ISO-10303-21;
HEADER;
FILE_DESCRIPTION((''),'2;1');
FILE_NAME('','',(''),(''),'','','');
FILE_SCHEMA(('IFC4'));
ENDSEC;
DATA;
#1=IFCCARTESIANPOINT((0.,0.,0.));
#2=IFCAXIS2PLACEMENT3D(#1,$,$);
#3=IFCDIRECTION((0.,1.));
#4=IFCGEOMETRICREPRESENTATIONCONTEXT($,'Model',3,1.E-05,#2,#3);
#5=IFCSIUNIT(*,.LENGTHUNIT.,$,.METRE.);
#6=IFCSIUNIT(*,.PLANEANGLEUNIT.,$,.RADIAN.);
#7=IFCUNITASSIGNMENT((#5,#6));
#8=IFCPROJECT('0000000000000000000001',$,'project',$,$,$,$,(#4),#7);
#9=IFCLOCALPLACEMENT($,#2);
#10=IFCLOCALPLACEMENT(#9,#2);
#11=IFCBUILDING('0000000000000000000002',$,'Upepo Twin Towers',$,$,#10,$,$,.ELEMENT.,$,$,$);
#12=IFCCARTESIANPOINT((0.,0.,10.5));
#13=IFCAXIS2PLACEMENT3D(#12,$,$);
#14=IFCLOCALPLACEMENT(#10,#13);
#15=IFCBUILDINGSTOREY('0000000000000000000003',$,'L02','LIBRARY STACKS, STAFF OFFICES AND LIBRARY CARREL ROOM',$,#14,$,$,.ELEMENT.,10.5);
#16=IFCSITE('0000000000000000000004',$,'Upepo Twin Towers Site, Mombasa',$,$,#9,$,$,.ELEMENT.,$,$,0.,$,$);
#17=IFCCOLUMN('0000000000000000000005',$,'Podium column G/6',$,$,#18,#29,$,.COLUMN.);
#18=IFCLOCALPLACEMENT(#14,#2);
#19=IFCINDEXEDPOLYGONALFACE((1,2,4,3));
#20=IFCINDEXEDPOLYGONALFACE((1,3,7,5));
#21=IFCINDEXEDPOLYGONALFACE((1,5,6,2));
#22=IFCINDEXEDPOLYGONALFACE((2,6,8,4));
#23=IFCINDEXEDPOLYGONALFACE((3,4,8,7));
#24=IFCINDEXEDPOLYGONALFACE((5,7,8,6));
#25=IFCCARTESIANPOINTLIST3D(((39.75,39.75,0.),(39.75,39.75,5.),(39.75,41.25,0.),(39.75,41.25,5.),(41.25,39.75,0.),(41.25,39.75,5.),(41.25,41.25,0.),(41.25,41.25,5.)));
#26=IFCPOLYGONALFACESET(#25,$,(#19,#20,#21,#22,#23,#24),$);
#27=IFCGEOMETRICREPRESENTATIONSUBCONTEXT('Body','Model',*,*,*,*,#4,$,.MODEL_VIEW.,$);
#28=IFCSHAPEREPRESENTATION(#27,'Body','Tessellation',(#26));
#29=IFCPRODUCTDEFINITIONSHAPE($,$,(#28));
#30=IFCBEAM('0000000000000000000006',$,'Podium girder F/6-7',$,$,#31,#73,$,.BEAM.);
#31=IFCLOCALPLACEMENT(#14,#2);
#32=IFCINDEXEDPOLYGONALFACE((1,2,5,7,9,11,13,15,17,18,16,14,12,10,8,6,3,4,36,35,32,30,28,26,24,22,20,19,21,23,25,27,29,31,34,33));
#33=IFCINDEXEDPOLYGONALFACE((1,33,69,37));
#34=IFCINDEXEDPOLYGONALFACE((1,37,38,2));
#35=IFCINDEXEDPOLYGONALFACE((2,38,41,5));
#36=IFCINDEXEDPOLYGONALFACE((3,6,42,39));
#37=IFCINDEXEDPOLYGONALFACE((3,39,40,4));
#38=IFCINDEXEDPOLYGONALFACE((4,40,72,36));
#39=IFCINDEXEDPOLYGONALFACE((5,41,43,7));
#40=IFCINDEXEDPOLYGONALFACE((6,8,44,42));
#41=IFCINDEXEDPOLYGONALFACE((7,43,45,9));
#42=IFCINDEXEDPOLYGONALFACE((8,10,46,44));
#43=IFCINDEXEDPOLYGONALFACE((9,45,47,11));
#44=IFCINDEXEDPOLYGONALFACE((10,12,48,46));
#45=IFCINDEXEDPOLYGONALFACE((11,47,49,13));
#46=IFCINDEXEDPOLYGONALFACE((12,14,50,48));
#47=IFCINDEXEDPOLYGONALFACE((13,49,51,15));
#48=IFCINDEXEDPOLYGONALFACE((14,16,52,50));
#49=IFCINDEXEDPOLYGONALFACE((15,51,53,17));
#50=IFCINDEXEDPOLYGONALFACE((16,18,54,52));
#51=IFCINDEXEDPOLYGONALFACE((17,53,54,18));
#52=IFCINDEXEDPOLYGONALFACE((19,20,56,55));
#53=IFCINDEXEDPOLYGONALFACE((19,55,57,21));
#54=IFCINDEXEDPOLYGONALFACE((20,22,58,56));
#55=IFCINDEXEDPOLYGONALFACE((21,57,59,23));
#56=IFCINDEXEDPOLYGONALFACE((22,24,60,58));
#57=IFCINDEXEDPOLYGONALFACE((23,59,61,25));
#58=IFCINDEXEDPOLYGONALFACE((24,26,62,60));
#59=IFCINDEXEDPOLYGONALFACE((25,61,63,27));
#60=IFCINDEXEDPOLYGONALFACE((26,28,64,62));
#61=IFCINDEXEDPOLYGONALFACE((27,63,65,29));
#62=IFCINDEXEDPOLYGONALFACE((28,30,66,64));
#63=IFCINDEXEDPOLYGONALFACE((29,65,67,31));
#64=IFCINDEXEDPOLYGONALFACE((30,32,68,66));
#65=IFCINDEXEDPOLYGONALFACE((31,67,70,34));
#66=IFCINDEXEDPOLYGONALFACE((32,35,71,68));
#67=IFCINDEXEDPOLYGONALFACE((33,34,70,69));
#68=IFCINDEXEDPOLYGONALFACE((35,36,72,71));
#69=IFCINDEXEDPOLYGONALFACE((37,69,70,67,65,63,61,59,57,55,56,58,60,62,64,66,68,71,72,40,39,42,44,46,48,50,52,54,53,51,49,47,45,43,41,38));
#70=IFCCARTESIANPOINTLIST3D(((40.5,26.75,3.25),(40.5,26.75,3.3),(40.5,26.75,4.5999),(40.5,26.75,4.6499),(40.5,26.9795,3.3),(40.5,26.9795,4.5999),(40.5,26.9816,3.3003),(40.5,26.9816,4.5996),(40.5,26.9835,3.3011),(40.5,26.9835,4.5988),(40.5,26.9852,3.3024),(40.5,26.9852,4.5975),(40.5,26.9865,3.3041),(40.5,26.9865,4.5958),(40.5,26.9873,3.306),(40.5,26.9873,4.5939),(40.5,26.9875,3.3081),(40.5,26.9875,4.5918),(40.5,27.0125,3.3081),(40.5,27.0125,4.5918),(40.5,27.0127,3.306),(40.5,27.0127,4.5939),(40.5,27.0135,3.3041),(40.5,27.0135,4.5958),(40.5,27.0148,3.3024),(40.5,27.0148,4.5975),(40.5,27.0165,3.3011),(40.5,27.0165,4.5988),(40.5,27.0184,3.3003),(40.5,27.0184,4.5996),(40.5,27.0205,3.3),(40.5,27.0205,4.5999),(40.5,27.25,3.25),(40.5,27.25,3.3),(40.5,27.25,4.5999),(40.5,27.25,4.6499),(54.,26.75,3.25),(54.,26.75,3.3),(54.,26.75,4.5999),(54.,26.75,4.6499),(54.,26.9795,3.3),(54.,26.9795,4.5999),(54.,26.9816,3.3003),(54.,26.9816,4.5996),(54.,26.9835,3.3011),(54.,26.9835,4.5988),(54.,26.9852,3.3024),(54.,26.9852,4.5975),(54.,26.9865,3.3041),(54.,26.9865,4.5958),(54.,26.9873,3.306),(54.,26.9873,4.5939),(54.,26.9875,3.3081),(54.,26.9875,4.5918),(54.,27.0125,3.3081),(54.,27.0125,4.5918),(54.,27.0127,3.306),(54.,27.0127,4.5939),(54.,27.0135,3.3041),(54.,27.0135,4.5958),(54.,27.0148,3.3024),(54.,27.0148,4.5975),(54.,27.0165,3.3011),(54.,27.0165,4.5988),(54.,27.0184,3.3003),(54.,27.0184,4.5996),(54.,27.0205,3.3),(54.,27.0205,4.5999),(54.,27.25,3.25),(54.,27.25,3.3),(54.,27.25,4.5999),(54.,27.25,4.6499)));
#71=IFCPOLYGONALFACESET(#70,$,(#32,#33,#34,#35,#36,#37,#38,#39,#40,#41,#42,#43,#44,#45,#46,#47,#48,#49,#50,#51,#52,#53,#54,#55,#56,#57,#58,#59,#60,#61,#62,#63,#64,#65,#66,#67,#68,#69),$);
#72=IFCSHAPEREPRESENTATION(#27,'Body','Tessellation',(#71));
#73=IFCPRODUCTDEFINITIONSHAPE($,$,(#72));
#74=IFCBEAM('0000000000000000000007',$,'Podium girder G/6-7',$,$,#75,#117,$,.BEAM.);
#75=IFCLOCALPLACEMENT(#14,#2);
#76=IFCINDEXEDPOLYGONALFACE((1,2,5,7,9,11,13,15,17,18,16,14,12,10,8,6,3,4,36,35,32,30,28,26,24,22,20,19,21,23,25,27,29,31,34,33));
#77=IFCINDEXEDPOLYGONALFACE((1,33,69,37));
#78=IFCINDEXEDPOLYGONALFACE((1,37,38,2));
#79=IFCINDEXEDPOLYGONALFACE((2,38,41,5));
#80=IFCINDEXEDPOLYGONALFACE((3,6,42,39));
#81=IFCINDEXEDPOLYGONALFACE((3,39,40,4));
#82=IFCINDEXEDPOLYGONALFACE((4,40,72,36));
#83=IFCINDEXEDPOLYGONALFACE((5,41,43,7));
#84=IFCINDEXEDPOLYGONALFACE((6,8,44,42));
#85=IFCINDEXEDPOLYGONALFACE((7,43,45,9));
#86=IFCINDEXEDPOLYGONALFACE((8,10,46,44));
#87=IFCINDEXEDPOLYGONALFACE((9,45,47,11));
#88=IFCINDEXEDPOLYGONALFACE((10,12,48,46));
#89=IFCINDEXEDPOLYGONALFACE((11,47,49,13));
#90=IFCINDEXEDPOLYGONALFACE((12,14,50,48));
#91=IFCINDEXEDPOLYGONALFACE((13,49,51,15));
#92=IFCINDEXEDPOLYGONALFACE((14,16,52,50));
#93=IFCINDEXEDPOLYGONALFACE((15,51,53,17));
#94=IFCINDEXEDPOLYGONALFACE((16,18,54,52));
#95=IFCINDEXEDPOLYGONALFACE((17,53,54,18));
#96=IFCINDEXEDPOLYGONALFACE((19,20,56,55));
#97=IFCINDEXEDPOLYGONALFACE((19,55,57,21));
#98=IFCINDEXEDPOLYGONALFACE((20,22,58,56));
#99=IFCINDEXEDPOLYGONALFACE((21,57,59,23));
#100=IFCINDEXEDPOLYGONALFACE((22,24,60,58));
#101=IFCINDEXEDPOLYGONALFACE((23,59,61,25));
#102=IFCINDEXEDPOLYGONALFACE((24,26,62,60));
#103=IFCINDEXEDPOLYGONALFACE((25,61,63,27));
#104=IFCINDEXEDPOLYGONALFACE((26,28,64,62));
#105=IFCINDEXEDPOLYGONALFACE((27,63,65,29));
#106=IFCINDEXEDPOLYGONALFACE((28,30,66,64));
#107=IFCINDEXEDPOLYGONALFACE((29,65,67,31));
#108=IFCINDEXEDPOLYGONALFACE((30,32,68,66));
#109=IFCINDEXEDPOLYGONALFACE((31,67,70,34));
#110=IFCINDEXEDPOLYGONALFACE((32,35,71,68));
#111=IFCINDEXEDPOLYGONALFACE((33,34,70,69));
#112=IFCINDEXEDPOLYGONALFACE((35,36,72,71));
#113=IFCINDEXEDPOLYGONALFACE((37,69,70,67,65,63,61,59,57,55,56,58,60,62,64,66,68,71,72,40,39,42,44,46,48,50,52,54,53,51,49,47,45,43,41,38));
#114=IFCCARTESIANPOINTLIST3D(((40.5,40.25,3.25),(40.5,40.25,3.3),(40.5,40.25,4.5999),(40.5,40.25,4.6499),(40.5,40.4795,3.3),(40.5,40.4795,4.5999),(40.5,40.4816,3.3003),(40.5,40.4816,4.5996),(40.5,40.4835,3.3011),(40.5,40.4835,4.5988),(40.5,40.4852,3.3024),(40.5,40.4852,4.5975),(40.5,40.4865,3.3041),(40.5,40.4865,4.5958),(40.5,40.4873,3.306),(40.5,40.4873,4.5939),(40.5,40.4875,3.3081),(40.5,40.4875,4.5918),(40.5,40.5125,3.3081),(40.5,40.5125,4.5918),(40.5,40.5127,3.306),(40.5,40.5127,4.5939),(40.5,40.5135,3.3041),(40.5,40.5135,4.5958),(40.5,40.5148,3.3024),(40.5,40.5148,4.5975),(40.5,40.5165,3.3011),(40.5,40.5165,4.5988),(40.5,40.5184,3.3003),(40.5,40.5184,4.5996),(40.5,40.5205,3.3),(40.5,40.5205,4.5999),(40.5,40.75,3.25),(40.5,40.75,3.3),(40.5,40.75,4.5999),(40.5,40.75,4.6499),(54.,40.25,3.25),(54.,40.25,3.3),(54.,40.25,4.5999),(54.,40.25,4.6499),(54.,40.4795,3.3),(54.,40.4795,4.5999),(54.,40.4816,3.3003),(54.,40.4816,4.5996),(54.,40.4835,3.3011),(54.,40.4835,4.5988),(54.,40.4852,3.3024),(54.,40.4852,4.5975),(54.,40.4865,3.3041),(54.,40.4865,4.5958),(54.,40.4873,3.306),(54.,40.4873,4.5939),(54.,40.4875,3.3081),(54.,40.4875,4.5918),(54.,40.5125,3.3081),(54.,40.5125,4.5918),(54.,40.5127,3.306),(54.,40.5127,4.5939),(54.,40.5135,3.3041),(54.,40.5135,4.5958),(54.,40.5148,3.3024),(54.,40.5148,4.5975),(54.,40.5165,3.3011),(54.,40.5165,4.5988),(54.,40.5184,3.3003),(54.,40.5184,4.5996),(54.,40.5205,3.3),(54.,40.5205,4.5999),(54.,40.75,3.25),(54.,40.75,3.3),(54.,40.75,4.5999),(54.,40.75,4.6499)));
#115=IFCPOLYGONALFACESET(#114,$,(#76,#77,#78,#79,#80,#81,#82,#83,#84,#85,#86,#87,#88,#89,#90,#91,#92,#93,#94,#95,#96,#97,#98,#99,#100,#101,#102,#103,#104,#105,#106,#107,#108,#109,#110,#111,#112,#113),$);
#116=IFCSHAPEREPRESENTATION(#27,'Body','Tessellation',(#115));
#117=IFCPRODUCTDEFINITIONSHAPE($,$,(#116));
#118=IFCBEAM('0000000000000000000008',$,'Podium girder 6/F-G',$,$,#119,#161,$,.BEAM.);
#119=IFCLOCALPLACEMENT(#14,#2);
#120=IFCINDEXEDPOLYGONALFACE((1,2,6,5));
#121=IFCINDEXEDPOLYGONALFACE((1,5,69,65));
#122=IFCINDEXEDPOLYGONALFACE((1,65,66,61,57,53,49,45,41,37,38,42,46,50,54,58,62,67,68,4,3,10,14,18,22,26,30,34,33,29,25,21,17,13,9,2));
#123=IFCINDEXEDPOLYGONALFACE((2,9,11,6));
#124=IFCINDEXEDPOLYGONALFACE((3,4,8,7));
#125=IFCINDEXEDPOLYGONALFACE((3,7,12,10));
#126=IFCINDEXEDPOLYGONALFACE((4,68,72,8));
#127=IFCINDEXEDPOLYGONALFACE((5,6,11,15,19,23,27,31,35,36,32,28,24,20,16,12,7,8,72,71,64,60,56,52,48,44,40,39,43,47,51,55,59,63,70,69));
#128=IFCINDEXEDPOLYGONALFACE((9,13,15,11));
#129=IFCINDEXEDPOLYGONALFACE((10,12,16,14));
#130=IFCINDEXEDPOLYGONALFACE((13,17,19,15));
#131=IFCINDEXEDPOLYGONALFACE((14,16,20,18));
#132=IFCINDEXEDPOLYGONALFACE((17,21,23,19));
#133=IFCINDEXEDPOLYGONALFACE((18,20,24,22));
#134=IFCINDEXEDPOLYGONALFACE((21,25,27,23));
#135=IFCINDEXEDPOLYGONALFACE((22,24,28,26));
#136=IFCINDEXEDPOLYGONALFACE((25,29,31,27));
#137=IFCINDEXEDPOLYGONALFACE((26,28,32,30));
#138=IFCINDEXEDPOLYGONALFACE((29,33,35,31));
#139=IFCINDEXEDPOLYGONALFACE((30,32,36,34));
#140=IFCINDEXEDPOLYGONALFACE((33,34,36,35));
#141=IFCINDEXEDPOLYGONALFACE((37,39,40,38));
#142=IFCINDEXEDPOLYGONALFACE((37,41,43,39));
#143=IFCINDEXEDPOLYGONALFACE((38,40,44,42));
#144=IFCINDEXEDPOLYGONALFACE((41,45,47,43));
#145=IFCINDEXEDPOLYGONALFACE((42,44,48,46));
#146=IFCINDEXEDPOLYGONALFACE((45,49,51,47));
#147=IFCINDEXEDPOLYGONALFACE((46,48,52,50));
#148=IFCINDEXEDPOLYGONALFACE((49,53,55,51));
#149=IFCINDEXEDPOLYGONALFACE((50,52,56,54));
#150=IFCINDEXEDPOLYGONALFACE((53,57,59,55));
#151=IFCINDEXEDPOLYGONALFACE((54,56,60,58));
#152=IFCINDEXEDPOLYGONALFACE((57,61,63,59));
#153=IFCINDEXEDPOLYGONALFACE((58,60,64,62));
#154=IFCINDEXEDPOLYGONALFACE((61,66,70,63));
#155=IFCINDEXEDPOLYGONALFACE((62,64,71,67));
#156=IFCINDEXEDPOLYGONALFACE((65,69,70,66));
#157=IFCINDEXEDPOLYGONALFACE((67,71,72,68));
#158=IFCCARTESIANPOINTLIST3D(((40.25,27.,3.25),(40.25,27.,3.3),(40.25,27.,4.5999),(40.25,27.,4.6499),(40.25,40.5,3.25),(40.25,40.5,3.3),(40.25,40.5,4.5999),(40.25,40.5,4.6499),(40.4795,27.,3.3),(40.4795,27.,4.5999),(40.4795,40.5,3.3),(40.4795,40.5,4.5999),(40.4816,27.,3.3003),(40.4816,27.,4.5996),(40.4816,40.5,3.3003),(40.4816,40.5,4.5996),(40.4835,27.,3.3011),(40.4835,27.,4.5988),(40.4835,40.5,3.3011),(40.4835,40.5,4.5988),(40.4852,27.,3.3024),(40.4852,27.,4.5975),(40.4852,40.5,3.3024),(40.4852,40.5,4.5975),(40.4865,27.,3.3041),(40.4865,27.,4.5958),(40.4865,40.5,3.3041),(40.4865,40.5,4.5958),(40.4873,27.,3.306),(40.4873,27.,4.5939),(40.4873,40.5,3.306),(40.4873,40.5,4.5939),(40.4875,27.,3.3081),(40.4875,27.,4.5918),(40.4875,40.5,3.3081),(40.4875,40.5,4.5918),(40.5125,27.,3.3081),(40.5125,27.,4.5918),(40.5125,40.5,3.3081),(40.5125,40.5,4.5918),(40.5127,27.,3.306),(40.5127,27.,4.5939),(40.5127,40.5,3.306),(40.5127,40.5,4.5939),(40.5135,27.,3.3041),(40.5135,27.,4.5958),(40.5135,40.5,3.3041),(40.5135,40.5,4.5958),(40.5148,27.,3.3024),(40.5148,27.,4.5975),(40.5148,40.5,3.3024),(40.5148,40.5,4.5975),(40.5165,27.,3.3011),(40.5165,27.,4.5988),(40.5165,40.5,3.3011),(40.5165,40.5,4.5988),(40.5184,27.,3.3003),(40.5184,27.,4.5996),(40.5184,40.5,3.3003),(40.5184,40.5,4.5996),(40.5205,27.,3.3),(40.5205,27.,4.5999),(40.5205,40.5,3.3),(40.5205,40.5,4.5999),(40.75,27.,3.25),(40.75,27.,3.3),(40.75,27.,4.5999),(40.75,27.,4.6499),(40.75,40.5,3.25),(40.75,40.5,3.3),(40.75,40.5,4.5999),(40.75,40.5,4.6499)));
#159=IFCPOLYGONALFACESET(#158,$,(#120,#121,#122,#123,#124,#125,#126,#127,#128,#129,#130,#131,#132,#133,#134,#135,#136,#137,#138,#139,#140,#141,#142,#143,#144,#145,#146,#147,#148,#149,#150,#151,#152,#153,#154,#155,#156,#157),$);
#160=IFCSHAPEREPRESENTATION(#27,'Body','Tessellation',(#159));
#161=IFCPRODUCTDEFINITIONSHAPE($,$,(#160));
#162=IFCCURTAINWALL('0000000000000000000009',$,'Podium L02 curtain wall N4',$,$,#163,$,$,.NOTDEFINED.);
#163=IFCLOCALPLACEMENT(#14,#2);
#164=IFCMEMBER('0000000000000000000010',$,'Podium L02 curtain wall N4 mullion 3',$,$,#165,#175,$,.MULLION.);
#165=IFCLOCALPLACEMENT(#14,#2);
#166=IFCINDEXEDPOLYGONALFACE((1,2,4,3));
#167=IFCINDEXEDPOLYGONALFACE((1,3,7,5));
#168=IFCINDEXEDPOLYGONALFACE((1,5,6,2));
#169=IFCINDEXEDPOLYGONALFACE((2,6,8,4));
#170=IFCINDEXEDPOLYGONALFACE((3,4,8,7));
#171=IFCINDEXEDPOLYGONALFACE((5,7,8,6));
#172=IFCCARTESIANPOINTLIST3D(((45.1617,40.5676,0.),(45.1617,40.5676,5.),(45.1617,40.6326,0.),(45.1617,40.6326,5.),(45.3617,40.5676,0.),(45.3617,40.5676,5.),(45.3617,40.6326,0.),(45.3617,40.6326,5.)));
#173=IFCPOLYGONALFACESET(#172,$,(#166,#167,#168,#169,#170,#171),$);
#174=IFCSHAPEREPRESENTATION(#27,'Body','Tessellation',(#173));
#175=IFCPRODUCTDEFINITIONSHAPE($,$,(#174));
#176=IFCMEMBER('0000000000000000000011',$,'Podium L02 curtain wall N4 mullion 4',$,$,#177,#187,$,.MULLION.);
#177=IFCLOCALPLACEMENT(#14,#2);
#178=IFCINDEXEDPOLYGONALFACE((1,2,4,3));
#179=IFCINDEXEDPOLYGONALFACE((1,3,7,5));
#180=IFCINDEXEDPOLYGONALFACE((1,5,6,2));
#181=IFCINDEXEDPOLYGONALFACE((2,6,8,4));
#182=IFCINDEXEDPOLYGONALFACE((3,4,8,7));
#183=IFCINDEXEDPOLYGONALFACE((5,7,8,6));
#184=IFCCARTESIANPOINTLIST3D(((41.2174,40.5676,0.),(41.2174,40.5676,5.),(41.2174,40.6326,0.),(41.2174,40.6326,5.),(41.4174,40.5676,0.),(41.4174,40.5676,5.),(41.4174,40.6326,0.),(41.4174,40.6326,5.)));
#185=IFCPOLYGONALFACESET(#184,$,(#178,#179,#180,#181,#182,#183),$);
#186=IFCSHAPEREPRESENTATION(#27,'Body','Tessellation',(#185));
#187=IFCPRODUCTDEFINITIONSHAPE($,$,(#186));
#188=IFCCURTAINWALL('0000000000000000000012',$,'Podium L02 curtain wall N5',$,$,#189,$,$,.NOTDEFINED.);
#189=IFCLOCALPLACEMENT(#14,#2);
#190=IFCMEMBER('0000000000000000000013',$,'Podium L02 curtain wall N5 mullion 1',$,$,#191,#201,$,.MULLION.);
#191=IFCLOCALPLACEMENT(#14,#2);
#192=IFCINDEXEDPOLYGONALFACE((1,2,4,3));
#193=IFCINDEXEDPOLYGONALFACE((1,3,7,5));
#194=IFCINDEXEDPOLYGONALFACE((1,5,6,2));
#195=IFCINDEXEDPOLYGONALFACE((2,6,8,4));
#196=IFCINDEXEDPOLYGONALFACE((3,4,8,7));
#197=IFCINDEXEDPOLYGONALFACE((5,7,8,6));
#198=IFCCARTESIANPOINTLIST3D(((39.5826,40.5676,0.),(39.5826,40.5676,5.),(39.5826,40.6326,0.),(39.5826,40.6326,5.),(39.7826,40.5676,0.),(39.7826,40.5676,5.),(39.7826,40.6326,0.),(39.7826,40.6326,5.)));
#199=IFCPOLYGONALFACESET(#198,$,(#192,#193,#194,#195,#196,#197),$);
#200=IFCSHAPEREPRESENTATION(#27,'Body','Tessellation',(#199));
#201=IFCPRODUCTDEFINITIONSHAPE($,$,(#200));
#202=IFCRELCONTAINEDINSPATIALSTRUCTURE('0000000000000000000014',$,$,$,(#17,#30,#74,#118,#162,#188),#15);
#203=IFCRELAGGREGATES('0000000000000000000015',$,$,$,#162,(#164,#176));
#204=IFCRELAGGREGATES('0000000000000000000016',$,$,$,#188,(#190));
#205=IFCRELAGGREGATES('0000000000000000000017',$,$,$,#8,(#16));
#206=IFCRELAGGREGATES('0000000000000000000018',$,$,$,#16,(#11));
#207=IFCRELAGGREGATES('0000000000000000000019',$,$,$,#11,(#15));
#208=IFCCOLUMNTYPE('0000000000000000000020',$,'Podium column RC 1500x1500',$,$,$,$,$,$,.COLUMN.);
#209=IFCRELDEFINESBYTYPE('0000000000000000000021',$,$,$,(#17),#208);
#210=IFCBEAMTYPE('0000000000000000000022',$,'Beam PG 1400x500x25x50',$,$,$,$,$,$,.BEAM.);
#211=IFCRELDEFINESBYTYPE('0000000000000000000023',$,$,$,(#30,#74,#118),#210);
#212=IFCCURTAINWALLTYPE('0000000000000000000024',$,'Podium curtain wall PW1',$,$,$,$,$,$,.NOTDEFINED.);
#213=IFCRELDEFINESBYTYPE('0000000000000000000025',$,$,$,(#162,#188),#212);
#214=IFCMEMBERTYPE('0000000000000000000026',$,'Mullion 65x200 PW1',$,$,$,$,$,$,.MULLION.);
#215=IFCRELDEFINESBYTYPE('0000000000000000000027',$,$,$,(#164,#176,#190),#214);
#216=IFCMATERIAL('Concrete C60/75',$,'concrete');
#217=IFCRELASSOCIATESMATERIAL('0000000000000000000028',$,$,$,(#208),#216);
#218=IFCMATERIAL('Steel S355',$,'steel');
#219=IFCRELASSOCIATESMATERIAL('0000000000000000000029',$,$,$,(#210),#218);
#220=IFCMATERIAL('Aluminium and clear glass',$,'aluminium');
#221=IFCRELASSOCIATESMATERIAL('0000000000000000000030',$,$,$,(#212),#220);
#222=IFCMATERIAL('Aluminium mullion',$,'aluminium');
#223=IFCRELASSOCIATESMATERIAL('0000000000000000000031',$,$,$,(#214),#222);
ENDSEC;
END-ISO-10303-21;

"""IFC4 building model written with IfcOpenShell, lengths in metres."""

from ifc_helpers import new_model, si_unit, direction, frame, origin, origin_2d, place, context, subcontext, project, spatial, rectangle, i_section, extrude, material, material_profile, profile_set, type_object, element, aggregate, save


model = new_model("IFC4")

# Units and contexts
model_context = context("Model", 3, precision=1e-05, world=origin(), true_north=direction((0.0, 1.0)))
body_context = subcontext(model_context, "Body", "Model", "MODEL_VIEW")
ifc_project = project(units=[si_unit("LENGTHUNIT", "METRE"), si_unit("PLANEANGLEUNIT", "RADIAN")], contexts=[model_context])

# Site, building, storey
site_placement = place(None, origin())
site = spatial("IfcSite", under=ifc_project, at=site_placement, Name="Upepo Twin Towers Site, Mombasa", CompositionType="ELEMENT", RefElevation=0.0)
building_placement = place(site_placement, origin())
building = spatial("IfcBuilding", under=site, at=building_placement, Name="Upepo Twin Towers", CompositionType="ELEMENT")
storey_placement = place(building_placement, frame((0.0, 0.0, 10.5)))
storey = spatial("IfcBuildingStorey", under=building, at=storey_placement, Name="L02", Description="LIBRARY STACKS, STAFF OFFICES AND LIBRARY CARREL ROOM", CompositionType="ELEMENT", Elevation=10.5)

# Column
ifc_material_1 = material(Name="Concrete C60/75", Category="concrete")
ifc_material_profile_1 = material_profile(ifc_material_1, rectangle(XDim=1.5, YDim=1.5, at=origin_2d()), Name="RC 1500x1500")
ifc_profile_set_1 = profile_set([ifc_material_profile_1], Name="Concrete C60/75")
column_type = type_object("IfcColumnType", Name="Podium column RC 1500x1500", PredefinedType="COLUMN", material=ifc_profile_set_1)
column_placement = place(storey_placement, frame((40.5, 40.5, 0.0), z_axis=(0.0, 0.0, 1.0), x_axis=(1.0, 0.0, 0.0)))
element("IfcColumn", 1, at=column_placement, inside=storey, type_object=column_type, Name="Podium column G/6", PredefinedType="COLUMN", context=body_context, shape_type="SweptSolid", body=[
    extrude(rectangle(XDim=1.5, YDim=1.5, at=origin_2d()), origin(), (0.0, 0.0, 1.0), 5.0),
])

# Beams
ifc_material_2 = material(Name="Steel S355", Category="steel")
ifc_material_profile_2 = material_profile(ifc_material_2, i_section(OverallWidth=0.5, OverallDepth=1.3999, WebThickness=0.0249, FlangeThickness=0.05, FilletRadius=0.0081, at=origin_2d()), Name="PG 1400x500x25x50")
ifc_profile_set_2 = profile_set([ifc_material_profile_2], Name="Steel S355")
beam_type_1 = type_object("IfcBeamType", Name="Beam PG 1400x500x25x50", PredefinedType="BEAM", material=ifc_profile_set_2)
for number, where, z_axis, x_axis, name in (
    (2, (40.5, 27.0, 3.95), (1.0, 0.0, 0.0), (0.0, 1.0, 0.0), "Podium girder F/6-7"),
    (3, (40.5, 40.5, 3.95), (1.0, 0.0, 0.0), (0.0, 1.0, 0.0), "Podium girder G/6-7"),
    (4, (40.5, 27.0, 3.95), (0.0, 1.0, 0.0), (-1.0, 0.0, 0.0), "Podium girder 6/F-G"),
):
    element("IfcBeam", number, at=place(storey_placement, frame(where, z_axis=z_axis, x_axis=x_axis)), inside=storey, type_object=beam_type_1, Name=name, PredefinedType="BEAM", context=body_context, shape_type="SweptSolid", body=[
        extrude(i_section(OverallWidth=0.5, OverallDepth=1.3999, WebThickness=0.0249, FlangeThickness=0.05, FilletRadius=0.0081, at=origin_2d()), origin(), (0.0, 0.0, 1.0), 13.5),
    ])

# Curtain walls, members
ifc_material_3 = material(Name="Aluminium and clear glass", Category="aluminium")
curtain_wall_type = type_object("IfcCurtainWallType", Name="Podium curtain wall PW1", PredefinedType="NOTDEFINED", material=ifc_material_3)
curtain_wall_1_placement = place(storey_placement, origin())
curtain_wall_1 = element("IfcCurtainWall", 5, at=curtain_wall_1_placement, inside=storey, type_object=curtain_wall_type, Name="Podium L02 curtain wall N4", PredefinedType="NOTDEFINED")
ifc_material_4 = material(Name="Aluminium mullion", Category="aluminium")
ifc_material_profile_3 = material_profile(ifc_material_4, rectangle(XDim=0.0649, YDim=0.2, at=origin_2d()), Name="MULLION 65x200 PODIUM")
ifc_profile_set_3 = profile_set([ifc_material_profile_3], Name="Aluminium mullion")
member_type_1 = type_object("IfcMemberType", Name="Mullion 65x200 PW1", PredefinedType="MULLION", material=ifc_profile_set_3)
member_1_placement = place(storey_placement, frame((45.2617, 40.6001, 0.0), z_axis=(0.0, 0.0, 1.0), x_axis=(0.0, -1.0, 0.0)))
member_1 = element("IfcMember", 6, at=member_1_placement, type_object=member_type_1, Name="Podium L02 curtain wall N4 mullion 3", PredefinedType="MULLION", context=body_context, shape_type="SweptSolid", body=[
    extrude(rectangle(XDim=0.0649, YDim=0.2, at=origin_2d()), origin(), (0.0, 0.0, 1.0), 5.0),
])
member_2_placement = place(storey_placement, frame((41.3174, 40.6001, 0.0), z_axis=(0.0, 0.0, 1.0), x_axis=(0.0, -1.0, 0.0)))
member_2 = element("IfcMember", 7, at=member_2_placement, type_object=member_type_1, Name="Podium L02 curtain wall N4 mullion 4", PredefinedType="MULLION", context=body_context, shape_type="SweptSolid", body=[
    extrude(rectangle(XDim=0.0649, YDim=0.2, at=origin_2d()), origin(), (0.0, 0.0, 1.0), 5.0),
])
curtain_wall_2_placement = place(storey_placement, origin())
curtain_wall_2 = element("IfcCurtainWall", 8, at=curtain_wall_2_placement, inside=storey, type_object=curtain_wall_type, Name="Podium L02 curtain wall N5", PredefinedType="NOTDEFINED")
member_3_placement = place(storey_placement, frame((39.6826, 40.6001, 0.0), z_axis=(0.0, 0.0, 1.0), x_axis=(0.0, -1.0, 0.0)))
member_3 = element("IfcMember", 9, at=member_3_placement, type_object=member_type_1, Name="Podium L02 curtain wall N5 mullion 1", PredefinedType="MULLION", context=body_context, shape_type="SweptSolid", body=[
    extrude(rectangle(XDim=0.0649, YDim=0.2, at=origin_2d()), origin(), (0.0, 0.0, 1.0), 5.0),
])

aggregate(curtain_wall_1, [member_1, member_2])
aggregate(curtain_wall_2, [member_3])

save(model, "model.ifc")
